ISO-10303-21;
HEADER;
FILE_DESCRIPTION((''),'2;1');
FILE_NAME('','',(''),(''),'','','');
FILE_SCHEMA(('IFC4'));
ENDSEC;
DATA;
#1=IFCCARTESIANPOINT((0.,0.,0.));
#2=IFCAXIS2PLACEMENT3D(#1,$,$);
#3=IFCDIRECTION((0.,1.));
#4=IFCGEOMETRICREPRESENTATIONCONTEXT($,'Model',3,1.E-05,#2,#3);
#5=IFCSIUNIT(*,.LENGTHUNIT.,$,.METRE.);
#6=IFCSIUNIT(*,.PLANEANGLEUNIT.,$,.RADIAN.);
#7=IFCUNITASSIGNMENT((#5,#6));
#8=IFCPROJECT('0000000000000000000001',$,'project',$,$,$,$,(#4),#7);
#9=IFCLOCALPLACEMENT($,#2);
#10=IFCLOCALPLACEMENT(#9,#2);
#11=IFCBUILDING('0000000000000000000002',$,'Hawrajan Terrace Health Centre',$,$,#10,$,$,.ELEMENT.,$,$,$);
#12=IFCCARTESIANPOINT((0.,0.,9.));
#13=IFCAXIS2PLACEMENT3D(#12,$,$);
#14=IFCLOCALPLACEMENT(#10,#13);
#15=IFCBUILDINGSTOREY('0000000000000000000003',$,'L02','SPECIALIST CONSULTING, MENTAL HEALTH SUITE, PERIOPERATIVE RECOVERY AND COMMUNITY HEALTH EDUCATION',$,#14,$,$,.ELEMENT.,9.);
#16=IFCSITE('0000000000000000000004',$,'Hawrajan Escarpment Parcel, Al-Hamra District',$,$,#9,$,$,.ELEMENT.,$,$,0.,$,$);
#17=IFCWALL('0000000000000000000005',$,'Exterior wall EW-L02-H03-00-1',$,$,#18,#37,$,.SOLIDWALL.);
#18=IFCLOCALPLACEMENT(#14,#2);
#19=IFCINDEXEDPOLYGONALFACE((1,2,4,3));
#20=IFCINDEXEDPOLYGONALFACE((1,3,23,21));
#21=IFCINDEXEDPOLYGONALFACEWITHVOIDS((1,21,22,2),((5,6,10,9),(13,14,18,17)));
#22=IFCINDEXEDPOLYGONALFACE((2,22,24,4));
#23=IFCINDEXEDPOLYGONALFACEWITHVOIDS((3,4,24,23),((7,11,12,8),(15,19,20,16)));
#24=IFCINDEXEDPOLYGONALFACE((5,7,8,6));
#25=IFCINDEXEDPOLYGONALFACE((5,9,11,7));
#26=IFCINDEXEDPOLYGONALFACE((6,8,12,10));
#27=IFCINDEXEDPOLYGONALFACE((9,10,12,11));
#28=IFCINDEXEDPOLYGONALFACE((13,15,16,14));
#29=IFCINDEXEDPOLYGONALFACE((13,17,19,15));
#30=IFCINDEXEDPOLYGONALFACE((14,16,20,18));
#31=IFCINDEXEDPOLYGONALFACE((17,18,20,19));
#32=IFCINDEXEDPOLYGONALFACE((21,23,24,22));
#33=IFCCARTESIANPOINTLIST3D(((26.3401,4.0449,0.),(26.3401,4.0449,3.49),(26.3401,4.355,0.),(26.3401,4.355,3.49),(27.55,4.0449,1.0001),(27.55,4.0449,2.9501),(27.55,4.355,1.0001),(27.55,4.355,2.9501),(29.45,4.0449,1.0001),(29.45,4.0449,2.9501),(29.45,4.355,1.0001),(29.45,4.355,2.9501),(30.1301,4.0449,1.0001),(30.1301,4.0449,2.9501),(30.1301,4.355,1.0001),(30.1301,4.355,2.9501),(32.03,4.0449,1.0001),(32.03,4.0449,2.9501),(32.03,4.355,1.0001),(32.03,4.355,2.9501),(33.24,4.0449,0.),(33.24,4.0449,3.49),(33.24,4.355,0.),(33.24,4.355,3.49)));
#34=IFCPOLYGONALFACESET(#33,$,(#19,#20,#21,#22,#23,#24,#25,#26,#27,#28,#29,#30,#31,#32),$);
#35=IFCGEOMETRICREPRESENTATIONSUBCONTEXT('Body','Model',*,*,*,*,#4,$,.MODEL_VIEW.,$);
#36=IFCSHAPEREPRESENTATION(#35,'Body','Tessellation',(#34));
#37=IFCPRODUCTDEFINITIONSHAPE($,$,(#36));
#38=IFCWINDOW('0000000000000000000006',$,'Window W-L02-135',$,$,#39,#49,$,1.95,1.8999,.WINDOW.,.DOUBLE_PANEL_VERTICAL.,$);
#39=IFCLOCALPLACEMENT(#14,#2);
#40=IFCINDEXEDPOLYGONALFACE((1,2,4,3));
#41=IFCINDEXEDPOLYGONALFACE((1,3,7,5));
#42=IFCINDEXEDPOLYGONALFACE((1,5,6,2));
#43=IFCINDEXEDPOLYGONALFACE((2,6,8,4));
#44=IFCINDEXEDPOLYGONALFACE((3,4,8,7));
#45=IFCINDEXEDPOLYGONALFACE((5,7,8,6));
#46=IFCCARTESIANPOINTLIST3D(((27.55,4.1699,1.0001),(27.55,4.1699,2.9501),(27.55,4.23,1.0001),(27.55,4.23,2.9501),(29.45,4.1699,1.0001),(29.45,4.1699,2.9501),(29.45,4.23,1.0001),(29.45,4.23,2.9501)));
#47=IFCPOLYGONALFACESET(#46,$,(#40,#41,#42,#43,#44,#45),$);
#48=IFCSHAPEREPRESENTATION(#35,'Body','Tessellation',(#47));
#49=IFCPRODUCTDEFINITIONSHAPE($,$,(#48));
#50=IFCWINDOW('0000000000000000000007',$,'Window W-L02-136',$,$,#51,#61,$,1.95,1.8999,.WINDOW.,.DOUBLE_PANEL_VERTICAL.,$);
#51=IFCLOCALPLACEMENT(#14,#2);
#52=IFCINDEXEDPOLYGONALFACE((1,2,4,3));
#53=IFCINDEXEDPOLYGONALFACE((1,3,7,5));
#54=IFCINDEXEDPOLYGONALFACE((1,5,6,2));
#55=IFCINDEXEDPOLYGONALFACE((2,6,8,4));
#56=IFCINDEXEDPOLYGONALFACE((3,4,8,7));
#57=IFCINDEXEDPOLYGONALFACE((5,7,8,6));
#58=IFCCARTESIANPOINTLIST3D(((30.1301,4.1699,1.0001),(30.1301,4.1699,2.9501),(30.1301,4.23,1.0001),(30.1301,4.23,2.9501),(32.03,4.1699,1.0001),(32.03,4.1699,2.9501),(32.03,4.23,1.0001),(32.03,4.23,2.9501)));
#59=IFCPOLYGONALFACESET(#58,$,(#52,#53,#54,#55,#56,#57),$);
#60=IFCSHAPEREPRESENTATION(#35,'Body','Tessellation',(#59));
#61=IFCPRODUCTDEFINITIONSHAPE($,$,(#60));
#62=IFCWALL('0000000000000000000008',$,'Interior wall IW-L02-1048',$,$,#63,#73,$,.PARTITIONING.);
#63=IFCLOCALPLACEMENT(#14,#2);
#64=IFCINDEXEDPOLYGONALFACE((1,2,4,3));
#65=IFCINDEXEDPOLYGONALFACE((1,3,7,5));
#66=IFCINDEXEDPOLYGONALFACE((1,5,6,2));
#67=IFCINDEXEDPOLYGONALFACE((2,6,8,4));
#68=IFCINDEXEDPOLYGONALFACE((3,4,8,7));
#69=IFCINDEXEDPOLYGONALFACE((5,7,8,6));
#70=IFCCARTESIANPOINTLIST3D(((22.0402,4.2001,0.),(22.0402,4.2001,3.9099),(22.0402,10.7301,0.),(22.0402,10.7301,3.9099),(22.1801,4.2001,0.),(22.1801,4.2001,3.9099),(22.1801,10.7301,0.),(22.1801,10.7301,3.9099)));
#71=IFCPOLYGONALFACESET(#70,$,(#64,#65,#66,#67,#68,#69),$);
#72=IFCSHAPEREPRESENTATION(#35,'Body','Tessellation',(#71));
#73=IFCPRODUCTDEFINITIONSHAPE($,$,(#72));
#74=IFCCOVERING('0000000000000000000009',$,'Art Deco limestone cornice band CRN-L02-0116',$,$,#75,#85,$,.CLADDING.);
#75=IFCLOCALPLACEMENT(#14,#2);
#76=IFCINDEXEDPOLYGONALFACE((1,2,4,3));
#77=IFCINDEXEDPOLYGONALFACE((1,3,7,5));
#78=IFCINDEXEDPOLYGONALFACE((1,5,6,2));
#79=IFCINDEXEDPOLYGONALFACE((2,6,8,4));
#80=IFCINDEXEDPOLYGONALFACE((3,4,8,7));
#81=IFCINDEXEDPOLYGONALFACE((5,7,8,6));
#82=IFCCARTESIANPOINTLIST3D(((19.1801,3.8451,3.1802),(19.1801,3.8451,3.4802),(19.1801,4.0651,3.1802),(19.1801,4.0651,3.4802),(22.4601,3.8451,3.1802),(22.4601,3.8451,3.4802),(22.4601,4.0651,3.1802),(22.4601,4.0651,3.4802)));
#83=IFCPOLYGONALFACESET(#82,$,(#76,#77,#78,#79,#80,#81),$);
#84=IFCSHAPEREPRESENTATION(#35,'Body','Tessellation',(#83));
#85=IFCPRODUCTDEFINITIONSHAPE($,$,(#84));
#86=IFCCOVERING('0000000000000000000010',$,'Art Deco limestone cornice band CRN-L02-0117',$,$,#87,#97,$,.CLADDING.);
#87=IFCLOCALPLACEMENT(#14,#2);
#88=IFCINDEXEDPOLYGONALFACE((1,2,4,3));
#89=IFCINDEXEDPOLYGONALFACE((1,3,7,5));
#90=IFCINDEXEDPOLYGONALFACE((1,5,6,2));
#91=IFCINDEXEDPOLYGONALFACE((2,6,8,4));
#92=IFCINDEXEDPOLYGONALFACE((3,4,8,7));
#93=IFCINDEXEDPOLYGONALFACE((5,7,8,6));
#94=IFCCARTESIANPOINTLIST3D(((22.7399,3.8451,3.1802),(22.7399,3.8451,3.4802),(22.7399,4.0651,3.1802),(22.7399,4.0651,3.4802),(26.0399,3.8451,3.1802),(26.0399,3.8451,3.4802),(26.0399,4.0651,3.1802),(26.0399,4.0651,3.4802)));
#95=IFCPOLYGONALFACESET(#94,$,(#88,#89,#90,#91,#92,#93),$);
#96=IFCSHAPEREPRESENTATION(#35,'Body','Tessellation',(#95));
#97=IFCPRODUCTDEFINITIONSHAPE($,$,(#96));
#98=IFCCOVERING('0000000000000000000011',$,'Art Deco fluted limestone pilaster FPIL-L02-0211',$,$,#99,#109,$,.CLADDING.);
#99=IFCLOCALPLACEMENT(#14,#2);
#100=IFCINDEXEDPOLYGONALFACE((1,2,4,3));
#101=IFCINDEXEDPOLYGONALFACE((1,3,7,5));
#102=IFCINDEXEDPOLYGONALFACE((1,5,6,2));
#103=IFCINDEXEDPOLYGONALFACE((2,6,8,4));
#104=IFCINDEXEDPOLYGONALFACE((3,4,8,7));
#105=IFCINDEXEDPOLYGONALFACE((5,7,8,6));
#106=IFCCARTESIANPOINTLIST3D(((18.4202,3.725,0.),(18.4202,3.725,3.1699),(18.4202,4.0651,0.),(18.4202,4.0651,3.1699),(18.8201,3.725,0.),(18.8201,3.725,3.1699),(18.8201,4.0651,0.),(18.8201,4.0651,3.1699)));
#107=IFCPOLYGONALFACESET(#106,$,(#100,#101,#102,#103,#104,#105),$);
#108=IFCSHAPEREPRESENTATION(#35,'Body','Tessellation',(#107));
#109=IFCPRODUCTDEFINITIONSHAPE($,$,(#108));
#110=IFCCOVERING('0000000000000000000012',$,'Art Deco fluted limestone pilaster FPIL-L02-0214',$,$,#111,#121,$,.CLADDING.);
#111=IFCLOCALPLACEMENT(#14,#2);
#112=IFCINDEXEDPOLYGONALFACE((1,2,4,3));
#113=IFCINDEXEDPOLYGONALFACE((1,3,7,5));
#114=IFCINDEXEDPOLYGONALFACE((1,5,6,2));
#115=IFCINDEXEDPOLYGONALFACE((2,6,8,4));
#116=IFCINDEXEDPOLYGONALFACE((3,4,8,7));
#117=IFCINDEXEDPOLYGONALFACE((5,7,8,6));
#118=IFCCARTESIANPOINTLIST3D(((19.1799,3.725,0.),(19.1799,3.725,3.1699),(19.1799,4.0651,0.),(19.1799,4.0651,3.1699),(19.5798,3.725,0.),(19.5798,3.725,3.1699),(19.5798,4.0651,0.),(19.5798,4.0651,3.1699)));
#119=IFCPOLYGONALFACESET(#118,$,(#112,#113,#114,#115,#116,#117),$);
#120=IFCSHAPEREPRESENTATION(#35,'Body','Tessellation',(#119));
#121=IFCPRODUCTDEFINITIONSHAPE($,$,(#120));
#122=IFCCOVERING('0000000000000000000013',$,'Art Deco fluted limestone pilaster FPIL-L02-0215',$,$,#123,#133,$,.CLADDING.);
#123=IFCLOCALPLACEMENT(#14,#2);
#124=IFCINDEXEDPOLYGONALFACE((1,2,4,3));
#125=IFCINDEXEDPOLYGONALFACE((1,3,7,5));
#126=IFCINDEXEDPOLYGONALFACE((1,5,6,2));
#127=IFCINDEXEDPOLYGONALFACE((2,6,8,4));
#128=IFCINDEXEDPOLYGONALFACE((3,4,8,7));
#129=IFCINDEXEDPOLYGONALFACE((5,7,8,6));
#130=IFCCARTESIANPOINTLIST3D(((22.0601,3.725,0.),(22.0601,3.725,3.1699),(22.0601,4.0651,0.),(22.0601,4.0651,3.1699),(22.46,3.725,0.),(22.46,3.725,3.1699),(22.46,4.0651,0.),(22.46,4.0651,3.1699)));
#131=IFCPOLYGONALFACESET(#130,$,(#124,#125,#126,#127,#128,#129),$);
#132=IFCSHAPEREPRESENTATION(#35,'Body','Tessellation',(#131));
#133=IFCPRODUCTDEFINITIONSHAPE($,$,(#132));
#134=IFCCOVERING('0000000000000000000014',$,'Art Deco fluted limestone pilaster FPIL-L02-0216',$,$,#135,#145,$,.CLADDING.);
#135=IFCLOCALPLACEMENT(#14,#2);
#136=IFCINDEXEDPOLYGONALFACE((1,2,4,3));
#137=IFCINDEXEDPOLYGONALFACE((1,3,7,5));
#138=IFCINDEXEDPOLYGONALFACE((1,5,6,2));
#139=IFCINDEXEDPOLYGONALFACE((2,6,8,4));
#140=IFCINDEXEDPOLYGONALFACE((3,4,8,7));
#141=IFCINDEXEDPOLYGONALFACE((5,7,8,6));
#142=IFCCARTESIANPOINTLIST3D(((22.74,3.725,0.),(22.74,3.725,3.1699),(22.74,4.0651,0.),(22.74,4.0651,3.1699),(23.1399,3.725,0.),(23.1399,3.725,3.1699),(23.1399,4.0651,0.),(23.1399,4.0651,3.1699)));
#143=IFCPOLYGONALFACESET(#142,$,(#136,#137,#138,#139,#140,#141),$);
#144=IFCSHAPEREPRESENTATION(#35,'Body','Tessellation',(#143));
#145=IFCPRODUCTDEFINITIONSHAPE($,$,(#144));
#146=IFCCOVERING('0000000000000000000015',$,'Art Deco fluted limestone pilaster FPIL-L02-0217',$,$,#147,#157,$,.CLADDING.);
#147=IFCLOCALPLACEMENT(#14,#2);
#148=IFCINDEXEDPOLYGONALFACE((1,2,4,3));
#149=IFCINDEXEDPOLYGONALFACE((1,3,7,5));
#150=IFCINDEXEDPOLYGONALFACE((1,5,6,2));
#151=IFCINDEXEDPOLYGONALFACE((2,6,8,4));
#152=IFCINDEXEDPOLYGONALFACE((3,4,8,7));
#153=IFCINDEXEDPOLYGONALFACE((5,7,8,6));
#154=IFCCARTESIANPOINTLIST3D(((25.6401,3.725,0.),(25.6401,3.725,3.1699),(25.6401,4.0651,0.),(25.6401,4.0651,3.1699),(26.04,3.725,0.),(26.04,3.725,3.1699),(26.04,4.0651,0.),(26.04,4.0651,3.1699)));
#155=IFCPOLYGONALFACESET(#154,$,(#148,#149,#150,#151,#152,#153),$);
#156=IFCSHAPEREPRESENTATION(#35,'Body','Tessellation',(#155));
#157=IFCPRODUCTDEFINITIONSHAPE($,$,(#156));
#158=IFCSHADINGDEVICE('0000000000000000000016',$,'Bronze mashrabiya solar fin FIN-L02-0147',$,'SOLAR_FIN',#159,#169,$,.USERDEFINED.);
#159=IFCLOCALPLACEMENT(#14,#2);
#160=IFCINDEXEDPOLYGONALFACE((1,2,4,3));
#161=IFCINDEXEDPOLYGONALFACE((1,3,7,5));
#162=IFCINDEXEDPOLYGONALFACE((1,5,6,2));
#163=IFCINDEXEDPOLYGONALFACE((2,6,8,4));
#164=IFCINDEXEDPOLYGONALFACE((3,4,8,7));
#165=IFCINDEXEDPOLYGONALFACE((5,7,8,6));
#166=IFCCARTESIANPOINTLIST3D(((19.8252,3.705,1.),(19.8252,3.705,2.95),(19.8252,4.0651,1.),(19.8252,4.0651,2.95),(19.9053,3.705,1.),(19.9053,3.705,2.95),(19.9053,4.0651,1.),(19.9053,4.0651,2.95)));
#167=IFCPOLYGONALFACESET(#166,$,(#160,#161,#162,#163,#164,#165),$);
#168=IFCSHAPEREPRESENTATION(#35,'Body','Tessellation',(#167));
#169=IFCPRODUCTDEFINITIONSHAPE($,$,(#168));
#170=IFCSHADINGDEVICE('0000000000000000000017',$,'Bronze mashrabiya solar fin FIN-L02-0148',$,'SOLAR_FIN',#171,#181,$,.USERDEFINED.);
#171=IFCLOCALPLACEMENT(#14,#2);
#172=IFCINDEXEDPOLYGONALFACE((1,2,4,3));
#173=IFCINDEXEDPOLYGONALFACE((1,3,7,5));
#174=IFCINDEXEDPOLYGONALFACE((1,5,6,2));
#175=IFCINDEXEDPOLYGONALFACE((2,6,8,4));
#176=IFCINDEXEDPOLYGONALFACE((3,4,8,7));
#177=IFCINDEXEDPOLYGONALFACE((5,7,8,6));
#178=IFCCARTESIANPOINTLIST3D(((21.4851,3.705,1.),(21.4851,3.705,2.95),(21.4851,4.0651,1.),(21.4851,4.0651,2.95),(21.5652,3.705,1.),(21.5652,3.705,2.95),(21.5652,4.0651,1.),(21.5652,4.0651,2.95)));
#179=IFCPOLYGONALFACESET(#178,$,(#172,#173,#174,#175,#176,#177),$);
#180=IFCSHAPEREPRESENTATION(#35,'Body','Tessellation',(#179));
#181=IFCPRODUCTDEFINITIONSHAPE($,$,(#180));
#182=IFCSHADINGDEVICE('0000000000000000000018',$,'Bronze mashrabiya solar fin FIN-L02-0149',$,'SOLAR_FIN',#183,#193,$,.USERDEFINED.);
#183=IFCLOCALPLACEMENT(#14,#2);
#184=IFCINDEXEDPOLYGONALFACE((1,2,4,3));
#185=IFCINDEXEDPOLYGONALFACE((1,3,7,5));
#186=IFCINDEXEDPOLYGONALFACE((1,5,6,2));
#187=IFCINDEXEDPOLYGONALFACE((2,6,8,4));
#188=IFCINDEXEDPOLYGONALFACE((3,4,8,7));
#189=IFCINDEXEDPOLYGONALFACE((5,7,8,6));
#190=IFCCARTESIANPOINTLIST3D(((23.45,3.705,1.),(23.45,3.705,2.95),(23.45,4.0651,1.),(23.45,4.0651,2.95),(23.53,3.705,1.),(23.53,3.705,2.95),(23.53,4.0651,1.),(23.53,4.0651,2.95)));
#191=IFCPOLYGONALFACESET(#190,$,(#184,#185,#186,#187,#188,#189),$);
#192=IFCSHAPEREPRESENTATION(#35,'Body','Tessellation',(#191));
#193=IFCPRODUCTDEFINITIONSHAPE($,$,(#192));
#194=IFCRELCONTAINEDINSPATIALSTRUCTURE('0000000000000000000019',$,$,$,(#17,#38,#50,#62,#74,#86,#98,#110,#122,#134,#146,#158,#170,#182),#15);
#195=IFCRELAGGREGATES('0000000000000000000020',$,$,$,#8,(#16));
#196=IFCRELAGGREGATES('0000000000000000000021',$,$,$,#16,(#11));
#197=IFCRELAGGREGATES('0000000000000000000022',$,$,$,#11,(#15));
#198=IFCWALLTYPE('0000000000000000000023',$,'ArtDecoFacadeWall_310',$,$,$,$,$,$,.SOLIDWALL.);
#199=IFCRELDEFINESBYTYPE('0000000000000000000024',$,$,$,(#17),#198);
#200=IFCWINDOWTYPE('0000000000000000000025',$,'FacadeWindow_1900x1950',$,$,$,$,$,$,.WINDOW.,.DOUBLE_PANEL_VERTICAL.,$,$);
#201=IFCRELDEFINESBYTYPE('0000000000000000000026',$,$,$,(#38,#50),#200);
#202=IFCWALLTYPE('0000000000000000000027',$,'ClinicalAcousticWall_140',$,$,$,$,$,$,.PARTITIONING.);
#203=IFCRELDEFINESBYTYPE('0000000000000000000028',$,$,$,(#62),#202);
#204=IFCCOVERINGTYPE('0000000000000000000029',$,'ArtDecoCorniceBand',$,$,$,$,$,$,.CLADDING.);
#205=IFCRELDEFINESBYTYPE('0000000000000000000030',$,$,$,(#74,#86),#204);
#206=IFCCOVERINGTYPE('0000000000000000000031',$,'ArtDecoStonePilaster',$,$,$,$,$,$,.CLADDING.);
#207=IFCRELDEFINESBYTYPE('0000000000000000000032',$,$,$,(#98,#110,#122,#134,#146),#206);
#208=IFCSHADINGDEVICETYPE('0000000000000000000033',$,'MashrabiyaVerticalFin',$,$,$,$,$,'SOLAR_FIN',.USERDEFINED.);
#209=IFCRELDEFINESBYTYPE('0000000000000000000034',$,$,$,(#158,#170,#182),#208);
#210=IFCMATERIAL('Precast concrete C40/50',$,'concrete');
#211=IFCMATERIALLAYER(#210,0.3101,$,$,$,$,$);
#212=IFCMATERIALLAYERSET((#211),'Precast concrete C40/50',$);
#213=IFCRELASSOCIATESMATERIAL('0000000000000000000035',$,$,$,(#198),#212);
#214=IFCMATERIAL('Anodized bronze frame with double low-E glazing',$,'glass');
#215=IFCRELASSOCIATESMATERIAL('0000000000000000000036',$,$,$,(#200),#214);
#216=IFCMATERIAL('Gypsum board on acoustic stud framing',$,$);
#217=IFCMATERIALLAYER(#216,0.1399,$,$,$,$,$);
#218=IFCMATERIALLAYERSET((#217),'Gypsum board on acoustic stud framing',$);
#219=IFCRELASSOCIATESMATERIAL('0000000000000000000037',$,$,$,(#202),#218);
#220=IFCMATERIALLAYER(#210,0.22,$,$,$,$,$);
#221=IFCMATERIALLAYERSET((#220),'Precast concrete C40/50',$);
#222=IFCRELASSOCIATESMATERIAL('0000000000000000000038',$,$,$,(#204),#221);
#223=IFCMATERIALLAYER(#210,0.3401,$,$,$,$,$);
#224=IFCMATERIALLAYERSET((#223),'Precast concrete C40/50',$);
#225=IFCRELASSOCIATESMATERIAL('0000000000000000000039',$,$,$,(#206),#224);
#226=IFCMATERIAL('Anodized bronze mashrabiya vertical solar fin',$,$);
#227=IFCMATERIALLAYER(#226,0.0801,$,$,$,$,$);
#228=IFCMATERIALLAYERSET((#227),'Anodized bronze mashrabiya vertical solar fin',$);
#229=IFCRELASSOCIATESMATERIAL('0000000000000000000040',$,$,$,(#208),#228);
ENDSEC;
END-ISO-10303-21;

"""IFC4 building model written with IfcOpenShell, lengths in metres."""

from ifc_helpers import new_model, si_unit, direction, frame, frame_2d, origin, origin_2d, place, context, subcontext, project, spatial, rectangle, extrude, material, layer, layer_set, type_object, element, fill, save


model = new_model("IFC4")

# Units and contexts
model_context = context("Model", 3, precision=1e-05, world=origin(), true_north=direction((0.0, 1.0)))
body_context = subcontext(model_context, "Body", "Model", "MODEL_VIEW")
ifc_project = project(units=[si_unit("LENGTHUNIT", "METRE"), si_unit("PLANEANGLEUNIT", "RADIAN")], contexts=[model_context])

# Site, building, storey
site_placement = place(None, origin())
site = spatial("IfcSite", under=ifc_project, at=site_placement, Name="Hawrajan Escarpment Parcel, Al-Hamra District", CompositionType="ELEMENT", RefElevation=0.0)
building_placement = place(site_placement, origin())
building = spatial("IfcBuilding", under=site, at=building_placement, Name="Hawrajan Terrace Health Centre", CompositionType="ELEMENT")
storey_placement = place(building_placement, frame((0.0, 0.0, 9.0)))
storey = spatial("IfcBuildingStorey", under=building, at=storey_placement, Name="L02", Description="SPECIALIST CONSULTING, MENTAL HEALTH SUITE, PERIOPERATIVE RECOVERY AND COMMUNITY HEALTH EDUCATION", CompositionType="ELEMENT", Elevation=9.0)

# Shared definitions
ifc_material_1 = material(Name="Precast concrete C40/50", Category="concrete")
ifc_layer_1 = layer(ifc_material_1, 0.3101)
ifc_layer_set_1 = layer_set([ifc_layer_1], Name="Precast concrete C40/50")
wall_type_1 = type_object("IfcWallType", Name="ArtDecoFacadeWall_310", PredefinedType="SOLIDWALL", material=ifc_layer_set_1)
ifc_material_2 = material(Name="Anodized bronze frame with double low-E glazing", Category="glass")

# Wall, openings, windows
wall_1_placement = place(storey_placement, frame((26.3401, 4.2, 0.0), z_axis=(0.0, 0.0, 1.0), x_axis=(1.0, 0.0, 0.0)))
wall_1 = element("IfcWall", 1, at=wall_1_placement, inside=storey, type_object=wall_type_1, Name="Exterior wall EW-L02-H03-00-1", PredefinedType="SOLIDWALL", context=body_context, shape_type="SweptSolid", body=[
    extrude(rectangle(XDim=6.8999, YDim=0.3101, at=frame_2d((3.45, 0.0))), origin(), (0.0, 0.0, 1.0), 3.49),
])
opening_1_placement = place(wall_1_placement, frame((1.21, 0.0, 1.0)))
opening_1 = element("IfcOpeningElement", 2, at=opening_1_placement, cuts=wall_1, PredefinedType="OPENING", context=body_context, shape_type="SweptSolid", body=[
    extrude(rectangle(XDim=1.8999, YDim=1.95, at=frame_2d((0.95, 0.9751))), frame((0.0, 0.165, 0.0), z_axis=(0.0, -1.0, 0.0), x_axis=(1.0, 0.0, 0.0)), (0.0, 0.0, 1.0), 0.3301),
])
opening_2_placement = place(wall_1_placement, frame((3.79, 0.0, 1.0)))
opening_2 = element("IfcOpeningElement", 3, at=opening_2_placement, cuts=wall_1, PredefinedType="OPENING", context=body_context, shape_type="SweptSolid", body=[
    extrude(rectangle(XDim=1.8999, YDim=1.95, at=frame_2d((0.95, 0.9751))), frame((0.0, 0.165, 0.0), z_axis=(0.0, -1.0, 0.0), x_axis=(1.0, 0.0, 0.0)), (0.0, 0.0, 1.0), 0.3301),
])
window_type_1 = type_object("IfcWindowType", Name="FacadeWindow_1900x1950", PartitioningType="DOUBLE_PANEL_VERTICAL", PredefinedType="WINDOW", material=ifc_material_2)
window_1_placement = place(opening_1_placement, origin())
window_1 = element("IfcWindow", 4, at=window_1_placement, inside=storey, type_object=window_type_1, Name="Window W-L02-135", OverallHeight=1.95, OverallWidth=1.8999, PartitioningType="DOUBLE_PANEL_VERTICAL", PredefinedType="WINDOW", context=body_context, shape_type="SweptSolid", body=[
    extrude(rectangle(XDim=1.8999, YDim=1.95, at=frame_2d((0.95, 0.9751))), frame((0.0, 0.03, 0.0), z_axis=(0.0, -1.0, 0.0), x_axis=(1.0, 0.0, 0.0)), (0.0, 0.0, 1.0), 0.0601),
])
fill(opening_1, window_1)
window_2_placement = place(opening_2_placement, origin())
window_2 = element("IfcWindow", 5, at=window_2_placement, inside=storey, type_object=window_type_1, Name="Window W-L02-136", OverallHeight=1.95, OverallWidth=1.8999, PartitioningType="DOUBLE_PANEL_VERTICAL", PredefinedType="WINDOW", context=body_context, shape_type="SweptSolid", body=[
    extrude(rectangle(XDim=1.8999, YDim=1.95, at=frame_2d((0.95, 0.9751))), frame((0.0, 0.03, 0.0), z_axis=(0.0, -1.0, 0.0), x_axis=(1.0, 0.0, 0.0)), (0.0, 0.0, 1.0), 0.0601),
])
fill(opening_2, window_2)

# Wall
ifc_material_3 = material(Name="Gypsum board on acoustic stud framing")
ifc_layer_2 = layer(ifc_material_3, 0.1399)
ifc_layer_set_2 = layer_set([ifc_layer_2], Name="Gypsum board on acoustic stud framing")
wall_type_2 = type_object("IfcWallType", Name="ClinicalAcousticWall_140", PredefinedType="PARTITIONING", material=ifc_layer_set_2)
wall_2_placement = place(storey_placement, frame((22.1101, 4.2, 0.0), z_axis=(0.0, 0.0, 1.0), x_axis=(0.0, 1.0, 0.0)))
element("IfcWall", 6, at=wall_2_placement, inside=storey, type_object=wall_type_2, Name="Interior wall IW-L02-1048", PredefinedType="PARTITIONING", context=body_context, shape_type="SweptSolid", body=[
    extrude(rectangle(XDim=6.53, YDim=0.1399, at=frame_2d((3.2651, 0.0))), origin(), (0.0, 0.0, 1.0), 3.9099),
])

# Coverings
ifc_layer_3 = layer(ifc_material_1, 0.22)
ifc_layer_set_3 = layer_set([ifc_layer_3], Name="Precast concrete C40/50")
covering_type_1 = type_object("IfcCoveringType", Name="ArtDecoCorniceBand", PredefinedType="CLADDING", material=ifc_layer_set_3)
covering_1_placement = place(storey_placement, frame((20.8201, 3.9551, 3.1802), z_axis=(0.0, 0.0, 1.0), x_axis=(1.0, 0.0, 0.0)))
element("IfcCovering", 7, at=covering_1_placement, inside=storey, type_object=covering_type_1, Name="Art Deco limestone cornice band CRN-L02-0116", PredefinedType="CLADDING", context=body_context, shape_type="SweptSolid", body=[
    extrude(rectangle(XDim=3.28, YDim=0.22, at=origin_2d()), origin(), (0.0, 0.0, 1.0), 0.3),
])
covering_2_placement = place(storey_placement, frame((24.3899, 3.9551, 3.1802), z_axis=(0.0, 0.0, 1.0), x_axis=(1.0, 0.0, 0.0)))
element("IfcCovering", 8, at=covering_2_placement, inside=storey, type_object=covering_type_1, Name="Art Deco limestone cornice band CRN-L02-0117", PredefinedType="CLADDING", context=body_context, shape_type="SweptSolid", body=[
    extrude(rectangle(XDim=3.3, YDim=0.22, at=origin_2d()), origin(), (0.0, 0.0, 1.0), 0.3),
])
ifc_layer_4 = layer(ifc_material_1, 0.3401)
ifc_layer_set_4 = layer_set([ifc_layer_4], Name="Precast concrete C40/50")
covering_type_2 = type_object("IfcCoveringType", Name="ArtDecoStonePilaster", PredefinedType="CLADDING", material=ifc_layer_set_4)
for number, where, z_axis, x_axis, name in (
    (9, (18.6201, 3.895, 0.0), (0.0, 0.0, 1.0), (1.0, 0.0, 0.0), "Art Deco fluted limestone pilaster FPIL-L02-0211"),
    (10, (19.3799, 3.895, 0.0), (0.0, 0.0, 1.0), (1.0, 0.0, 0.0), "Art Deco fluted limestone pilaster FPIL-L02-0214"),
    (11, (22.26, 3.895, 0.0), (0.0, 0.0, 1.0), (1.0, 0.0, 0.0), "Art Deco fluted limestone pilaster FPIL-L02-0215"),
    (12, (22.9399, 3.895, 0.0), (0.0, 0.0, 1.0), (1.0, 0.0, 0.0), "Art Deco fluted limestone pilaster FPIL-L02-0216"),
    (13, (25.8401, 3.895, 0.0), (0.0, 0.0, 1.0), (1.0, 0.0, 0.0), "Art Deco fluted limestone pilaster FPIL-L02-0217"),
):
    element("IfcCovering", number, at=place(storey_placement, frame(where, z_axis=z_axis, x_axis=x_axis)), inside=storey, type_object=covering_type_2, Name=name, PredefinedType="CLADDING", context=body_context, shape_type="SweptSolid", body=[
        extrude(rectangle(XDim=0.3999, YDim=0.3401, at=origin_2d()), origin(), (0.0, 0.0, 1.0), 3.1699),
    ])

# Shading devices
ifc_material_4 = material(Name="Anodized bronze mashrabiya vertical solar fin")
ifc_layer_5 = layer(ifc_material_4, 0.0801)
ifc_layer_set_5 = layer_set([ifc_layer_5], Name="Anodized bronze mashrabiya vertical solar fin")
shading_device_type = type_object("IfcShadingDeviceType", Name="MashrabiyaVerticalFin", ElementType="SOLAR_FIN", PredefinedType="USERDEFINED", material=ifc_layer_set_5)
for number, where, z_axis, x_axis, name in (
    (14, (19.8652, 3.885, 1.0), (0.0, 0.0, 1.0), (1.0, 0.0, 0.0), "Bronze mashrabiya solar fin FIN-L02-0147"),
    (15, (21.5251, 3.885, 1.0), (0.0, 0.0, 1.0), (1.0, 0.0, 0.0), "Bronze mashrabiya solar fin FIN-L02-0148"),
    (16, (23.49, 3.885, 1.0), (0.0, 0.0, 1.0), (1.0, 0.0, 0.0), "Bronze mashrabiya solar fin FIN-L02-0149"),
):
    element("IfcShadingDevice", number, at=place(storey_placement, frame(where, z_axis=z_axis, x_axis=x_axis)), inside=storey, type_object=shading_device_type, Name=name, ObjectType="SOLAR_FIN", PredefinedType="USERDEFINED", context=body_context, shape_type="SweptSolid", body=[
        extrude(rectangle(XDim=0.0801, YDim=0.3601, at=origin_2d()), origin(), (0.0, 0.0, 1.0), 1.95),
    ])

save(model, "model.ifc")
